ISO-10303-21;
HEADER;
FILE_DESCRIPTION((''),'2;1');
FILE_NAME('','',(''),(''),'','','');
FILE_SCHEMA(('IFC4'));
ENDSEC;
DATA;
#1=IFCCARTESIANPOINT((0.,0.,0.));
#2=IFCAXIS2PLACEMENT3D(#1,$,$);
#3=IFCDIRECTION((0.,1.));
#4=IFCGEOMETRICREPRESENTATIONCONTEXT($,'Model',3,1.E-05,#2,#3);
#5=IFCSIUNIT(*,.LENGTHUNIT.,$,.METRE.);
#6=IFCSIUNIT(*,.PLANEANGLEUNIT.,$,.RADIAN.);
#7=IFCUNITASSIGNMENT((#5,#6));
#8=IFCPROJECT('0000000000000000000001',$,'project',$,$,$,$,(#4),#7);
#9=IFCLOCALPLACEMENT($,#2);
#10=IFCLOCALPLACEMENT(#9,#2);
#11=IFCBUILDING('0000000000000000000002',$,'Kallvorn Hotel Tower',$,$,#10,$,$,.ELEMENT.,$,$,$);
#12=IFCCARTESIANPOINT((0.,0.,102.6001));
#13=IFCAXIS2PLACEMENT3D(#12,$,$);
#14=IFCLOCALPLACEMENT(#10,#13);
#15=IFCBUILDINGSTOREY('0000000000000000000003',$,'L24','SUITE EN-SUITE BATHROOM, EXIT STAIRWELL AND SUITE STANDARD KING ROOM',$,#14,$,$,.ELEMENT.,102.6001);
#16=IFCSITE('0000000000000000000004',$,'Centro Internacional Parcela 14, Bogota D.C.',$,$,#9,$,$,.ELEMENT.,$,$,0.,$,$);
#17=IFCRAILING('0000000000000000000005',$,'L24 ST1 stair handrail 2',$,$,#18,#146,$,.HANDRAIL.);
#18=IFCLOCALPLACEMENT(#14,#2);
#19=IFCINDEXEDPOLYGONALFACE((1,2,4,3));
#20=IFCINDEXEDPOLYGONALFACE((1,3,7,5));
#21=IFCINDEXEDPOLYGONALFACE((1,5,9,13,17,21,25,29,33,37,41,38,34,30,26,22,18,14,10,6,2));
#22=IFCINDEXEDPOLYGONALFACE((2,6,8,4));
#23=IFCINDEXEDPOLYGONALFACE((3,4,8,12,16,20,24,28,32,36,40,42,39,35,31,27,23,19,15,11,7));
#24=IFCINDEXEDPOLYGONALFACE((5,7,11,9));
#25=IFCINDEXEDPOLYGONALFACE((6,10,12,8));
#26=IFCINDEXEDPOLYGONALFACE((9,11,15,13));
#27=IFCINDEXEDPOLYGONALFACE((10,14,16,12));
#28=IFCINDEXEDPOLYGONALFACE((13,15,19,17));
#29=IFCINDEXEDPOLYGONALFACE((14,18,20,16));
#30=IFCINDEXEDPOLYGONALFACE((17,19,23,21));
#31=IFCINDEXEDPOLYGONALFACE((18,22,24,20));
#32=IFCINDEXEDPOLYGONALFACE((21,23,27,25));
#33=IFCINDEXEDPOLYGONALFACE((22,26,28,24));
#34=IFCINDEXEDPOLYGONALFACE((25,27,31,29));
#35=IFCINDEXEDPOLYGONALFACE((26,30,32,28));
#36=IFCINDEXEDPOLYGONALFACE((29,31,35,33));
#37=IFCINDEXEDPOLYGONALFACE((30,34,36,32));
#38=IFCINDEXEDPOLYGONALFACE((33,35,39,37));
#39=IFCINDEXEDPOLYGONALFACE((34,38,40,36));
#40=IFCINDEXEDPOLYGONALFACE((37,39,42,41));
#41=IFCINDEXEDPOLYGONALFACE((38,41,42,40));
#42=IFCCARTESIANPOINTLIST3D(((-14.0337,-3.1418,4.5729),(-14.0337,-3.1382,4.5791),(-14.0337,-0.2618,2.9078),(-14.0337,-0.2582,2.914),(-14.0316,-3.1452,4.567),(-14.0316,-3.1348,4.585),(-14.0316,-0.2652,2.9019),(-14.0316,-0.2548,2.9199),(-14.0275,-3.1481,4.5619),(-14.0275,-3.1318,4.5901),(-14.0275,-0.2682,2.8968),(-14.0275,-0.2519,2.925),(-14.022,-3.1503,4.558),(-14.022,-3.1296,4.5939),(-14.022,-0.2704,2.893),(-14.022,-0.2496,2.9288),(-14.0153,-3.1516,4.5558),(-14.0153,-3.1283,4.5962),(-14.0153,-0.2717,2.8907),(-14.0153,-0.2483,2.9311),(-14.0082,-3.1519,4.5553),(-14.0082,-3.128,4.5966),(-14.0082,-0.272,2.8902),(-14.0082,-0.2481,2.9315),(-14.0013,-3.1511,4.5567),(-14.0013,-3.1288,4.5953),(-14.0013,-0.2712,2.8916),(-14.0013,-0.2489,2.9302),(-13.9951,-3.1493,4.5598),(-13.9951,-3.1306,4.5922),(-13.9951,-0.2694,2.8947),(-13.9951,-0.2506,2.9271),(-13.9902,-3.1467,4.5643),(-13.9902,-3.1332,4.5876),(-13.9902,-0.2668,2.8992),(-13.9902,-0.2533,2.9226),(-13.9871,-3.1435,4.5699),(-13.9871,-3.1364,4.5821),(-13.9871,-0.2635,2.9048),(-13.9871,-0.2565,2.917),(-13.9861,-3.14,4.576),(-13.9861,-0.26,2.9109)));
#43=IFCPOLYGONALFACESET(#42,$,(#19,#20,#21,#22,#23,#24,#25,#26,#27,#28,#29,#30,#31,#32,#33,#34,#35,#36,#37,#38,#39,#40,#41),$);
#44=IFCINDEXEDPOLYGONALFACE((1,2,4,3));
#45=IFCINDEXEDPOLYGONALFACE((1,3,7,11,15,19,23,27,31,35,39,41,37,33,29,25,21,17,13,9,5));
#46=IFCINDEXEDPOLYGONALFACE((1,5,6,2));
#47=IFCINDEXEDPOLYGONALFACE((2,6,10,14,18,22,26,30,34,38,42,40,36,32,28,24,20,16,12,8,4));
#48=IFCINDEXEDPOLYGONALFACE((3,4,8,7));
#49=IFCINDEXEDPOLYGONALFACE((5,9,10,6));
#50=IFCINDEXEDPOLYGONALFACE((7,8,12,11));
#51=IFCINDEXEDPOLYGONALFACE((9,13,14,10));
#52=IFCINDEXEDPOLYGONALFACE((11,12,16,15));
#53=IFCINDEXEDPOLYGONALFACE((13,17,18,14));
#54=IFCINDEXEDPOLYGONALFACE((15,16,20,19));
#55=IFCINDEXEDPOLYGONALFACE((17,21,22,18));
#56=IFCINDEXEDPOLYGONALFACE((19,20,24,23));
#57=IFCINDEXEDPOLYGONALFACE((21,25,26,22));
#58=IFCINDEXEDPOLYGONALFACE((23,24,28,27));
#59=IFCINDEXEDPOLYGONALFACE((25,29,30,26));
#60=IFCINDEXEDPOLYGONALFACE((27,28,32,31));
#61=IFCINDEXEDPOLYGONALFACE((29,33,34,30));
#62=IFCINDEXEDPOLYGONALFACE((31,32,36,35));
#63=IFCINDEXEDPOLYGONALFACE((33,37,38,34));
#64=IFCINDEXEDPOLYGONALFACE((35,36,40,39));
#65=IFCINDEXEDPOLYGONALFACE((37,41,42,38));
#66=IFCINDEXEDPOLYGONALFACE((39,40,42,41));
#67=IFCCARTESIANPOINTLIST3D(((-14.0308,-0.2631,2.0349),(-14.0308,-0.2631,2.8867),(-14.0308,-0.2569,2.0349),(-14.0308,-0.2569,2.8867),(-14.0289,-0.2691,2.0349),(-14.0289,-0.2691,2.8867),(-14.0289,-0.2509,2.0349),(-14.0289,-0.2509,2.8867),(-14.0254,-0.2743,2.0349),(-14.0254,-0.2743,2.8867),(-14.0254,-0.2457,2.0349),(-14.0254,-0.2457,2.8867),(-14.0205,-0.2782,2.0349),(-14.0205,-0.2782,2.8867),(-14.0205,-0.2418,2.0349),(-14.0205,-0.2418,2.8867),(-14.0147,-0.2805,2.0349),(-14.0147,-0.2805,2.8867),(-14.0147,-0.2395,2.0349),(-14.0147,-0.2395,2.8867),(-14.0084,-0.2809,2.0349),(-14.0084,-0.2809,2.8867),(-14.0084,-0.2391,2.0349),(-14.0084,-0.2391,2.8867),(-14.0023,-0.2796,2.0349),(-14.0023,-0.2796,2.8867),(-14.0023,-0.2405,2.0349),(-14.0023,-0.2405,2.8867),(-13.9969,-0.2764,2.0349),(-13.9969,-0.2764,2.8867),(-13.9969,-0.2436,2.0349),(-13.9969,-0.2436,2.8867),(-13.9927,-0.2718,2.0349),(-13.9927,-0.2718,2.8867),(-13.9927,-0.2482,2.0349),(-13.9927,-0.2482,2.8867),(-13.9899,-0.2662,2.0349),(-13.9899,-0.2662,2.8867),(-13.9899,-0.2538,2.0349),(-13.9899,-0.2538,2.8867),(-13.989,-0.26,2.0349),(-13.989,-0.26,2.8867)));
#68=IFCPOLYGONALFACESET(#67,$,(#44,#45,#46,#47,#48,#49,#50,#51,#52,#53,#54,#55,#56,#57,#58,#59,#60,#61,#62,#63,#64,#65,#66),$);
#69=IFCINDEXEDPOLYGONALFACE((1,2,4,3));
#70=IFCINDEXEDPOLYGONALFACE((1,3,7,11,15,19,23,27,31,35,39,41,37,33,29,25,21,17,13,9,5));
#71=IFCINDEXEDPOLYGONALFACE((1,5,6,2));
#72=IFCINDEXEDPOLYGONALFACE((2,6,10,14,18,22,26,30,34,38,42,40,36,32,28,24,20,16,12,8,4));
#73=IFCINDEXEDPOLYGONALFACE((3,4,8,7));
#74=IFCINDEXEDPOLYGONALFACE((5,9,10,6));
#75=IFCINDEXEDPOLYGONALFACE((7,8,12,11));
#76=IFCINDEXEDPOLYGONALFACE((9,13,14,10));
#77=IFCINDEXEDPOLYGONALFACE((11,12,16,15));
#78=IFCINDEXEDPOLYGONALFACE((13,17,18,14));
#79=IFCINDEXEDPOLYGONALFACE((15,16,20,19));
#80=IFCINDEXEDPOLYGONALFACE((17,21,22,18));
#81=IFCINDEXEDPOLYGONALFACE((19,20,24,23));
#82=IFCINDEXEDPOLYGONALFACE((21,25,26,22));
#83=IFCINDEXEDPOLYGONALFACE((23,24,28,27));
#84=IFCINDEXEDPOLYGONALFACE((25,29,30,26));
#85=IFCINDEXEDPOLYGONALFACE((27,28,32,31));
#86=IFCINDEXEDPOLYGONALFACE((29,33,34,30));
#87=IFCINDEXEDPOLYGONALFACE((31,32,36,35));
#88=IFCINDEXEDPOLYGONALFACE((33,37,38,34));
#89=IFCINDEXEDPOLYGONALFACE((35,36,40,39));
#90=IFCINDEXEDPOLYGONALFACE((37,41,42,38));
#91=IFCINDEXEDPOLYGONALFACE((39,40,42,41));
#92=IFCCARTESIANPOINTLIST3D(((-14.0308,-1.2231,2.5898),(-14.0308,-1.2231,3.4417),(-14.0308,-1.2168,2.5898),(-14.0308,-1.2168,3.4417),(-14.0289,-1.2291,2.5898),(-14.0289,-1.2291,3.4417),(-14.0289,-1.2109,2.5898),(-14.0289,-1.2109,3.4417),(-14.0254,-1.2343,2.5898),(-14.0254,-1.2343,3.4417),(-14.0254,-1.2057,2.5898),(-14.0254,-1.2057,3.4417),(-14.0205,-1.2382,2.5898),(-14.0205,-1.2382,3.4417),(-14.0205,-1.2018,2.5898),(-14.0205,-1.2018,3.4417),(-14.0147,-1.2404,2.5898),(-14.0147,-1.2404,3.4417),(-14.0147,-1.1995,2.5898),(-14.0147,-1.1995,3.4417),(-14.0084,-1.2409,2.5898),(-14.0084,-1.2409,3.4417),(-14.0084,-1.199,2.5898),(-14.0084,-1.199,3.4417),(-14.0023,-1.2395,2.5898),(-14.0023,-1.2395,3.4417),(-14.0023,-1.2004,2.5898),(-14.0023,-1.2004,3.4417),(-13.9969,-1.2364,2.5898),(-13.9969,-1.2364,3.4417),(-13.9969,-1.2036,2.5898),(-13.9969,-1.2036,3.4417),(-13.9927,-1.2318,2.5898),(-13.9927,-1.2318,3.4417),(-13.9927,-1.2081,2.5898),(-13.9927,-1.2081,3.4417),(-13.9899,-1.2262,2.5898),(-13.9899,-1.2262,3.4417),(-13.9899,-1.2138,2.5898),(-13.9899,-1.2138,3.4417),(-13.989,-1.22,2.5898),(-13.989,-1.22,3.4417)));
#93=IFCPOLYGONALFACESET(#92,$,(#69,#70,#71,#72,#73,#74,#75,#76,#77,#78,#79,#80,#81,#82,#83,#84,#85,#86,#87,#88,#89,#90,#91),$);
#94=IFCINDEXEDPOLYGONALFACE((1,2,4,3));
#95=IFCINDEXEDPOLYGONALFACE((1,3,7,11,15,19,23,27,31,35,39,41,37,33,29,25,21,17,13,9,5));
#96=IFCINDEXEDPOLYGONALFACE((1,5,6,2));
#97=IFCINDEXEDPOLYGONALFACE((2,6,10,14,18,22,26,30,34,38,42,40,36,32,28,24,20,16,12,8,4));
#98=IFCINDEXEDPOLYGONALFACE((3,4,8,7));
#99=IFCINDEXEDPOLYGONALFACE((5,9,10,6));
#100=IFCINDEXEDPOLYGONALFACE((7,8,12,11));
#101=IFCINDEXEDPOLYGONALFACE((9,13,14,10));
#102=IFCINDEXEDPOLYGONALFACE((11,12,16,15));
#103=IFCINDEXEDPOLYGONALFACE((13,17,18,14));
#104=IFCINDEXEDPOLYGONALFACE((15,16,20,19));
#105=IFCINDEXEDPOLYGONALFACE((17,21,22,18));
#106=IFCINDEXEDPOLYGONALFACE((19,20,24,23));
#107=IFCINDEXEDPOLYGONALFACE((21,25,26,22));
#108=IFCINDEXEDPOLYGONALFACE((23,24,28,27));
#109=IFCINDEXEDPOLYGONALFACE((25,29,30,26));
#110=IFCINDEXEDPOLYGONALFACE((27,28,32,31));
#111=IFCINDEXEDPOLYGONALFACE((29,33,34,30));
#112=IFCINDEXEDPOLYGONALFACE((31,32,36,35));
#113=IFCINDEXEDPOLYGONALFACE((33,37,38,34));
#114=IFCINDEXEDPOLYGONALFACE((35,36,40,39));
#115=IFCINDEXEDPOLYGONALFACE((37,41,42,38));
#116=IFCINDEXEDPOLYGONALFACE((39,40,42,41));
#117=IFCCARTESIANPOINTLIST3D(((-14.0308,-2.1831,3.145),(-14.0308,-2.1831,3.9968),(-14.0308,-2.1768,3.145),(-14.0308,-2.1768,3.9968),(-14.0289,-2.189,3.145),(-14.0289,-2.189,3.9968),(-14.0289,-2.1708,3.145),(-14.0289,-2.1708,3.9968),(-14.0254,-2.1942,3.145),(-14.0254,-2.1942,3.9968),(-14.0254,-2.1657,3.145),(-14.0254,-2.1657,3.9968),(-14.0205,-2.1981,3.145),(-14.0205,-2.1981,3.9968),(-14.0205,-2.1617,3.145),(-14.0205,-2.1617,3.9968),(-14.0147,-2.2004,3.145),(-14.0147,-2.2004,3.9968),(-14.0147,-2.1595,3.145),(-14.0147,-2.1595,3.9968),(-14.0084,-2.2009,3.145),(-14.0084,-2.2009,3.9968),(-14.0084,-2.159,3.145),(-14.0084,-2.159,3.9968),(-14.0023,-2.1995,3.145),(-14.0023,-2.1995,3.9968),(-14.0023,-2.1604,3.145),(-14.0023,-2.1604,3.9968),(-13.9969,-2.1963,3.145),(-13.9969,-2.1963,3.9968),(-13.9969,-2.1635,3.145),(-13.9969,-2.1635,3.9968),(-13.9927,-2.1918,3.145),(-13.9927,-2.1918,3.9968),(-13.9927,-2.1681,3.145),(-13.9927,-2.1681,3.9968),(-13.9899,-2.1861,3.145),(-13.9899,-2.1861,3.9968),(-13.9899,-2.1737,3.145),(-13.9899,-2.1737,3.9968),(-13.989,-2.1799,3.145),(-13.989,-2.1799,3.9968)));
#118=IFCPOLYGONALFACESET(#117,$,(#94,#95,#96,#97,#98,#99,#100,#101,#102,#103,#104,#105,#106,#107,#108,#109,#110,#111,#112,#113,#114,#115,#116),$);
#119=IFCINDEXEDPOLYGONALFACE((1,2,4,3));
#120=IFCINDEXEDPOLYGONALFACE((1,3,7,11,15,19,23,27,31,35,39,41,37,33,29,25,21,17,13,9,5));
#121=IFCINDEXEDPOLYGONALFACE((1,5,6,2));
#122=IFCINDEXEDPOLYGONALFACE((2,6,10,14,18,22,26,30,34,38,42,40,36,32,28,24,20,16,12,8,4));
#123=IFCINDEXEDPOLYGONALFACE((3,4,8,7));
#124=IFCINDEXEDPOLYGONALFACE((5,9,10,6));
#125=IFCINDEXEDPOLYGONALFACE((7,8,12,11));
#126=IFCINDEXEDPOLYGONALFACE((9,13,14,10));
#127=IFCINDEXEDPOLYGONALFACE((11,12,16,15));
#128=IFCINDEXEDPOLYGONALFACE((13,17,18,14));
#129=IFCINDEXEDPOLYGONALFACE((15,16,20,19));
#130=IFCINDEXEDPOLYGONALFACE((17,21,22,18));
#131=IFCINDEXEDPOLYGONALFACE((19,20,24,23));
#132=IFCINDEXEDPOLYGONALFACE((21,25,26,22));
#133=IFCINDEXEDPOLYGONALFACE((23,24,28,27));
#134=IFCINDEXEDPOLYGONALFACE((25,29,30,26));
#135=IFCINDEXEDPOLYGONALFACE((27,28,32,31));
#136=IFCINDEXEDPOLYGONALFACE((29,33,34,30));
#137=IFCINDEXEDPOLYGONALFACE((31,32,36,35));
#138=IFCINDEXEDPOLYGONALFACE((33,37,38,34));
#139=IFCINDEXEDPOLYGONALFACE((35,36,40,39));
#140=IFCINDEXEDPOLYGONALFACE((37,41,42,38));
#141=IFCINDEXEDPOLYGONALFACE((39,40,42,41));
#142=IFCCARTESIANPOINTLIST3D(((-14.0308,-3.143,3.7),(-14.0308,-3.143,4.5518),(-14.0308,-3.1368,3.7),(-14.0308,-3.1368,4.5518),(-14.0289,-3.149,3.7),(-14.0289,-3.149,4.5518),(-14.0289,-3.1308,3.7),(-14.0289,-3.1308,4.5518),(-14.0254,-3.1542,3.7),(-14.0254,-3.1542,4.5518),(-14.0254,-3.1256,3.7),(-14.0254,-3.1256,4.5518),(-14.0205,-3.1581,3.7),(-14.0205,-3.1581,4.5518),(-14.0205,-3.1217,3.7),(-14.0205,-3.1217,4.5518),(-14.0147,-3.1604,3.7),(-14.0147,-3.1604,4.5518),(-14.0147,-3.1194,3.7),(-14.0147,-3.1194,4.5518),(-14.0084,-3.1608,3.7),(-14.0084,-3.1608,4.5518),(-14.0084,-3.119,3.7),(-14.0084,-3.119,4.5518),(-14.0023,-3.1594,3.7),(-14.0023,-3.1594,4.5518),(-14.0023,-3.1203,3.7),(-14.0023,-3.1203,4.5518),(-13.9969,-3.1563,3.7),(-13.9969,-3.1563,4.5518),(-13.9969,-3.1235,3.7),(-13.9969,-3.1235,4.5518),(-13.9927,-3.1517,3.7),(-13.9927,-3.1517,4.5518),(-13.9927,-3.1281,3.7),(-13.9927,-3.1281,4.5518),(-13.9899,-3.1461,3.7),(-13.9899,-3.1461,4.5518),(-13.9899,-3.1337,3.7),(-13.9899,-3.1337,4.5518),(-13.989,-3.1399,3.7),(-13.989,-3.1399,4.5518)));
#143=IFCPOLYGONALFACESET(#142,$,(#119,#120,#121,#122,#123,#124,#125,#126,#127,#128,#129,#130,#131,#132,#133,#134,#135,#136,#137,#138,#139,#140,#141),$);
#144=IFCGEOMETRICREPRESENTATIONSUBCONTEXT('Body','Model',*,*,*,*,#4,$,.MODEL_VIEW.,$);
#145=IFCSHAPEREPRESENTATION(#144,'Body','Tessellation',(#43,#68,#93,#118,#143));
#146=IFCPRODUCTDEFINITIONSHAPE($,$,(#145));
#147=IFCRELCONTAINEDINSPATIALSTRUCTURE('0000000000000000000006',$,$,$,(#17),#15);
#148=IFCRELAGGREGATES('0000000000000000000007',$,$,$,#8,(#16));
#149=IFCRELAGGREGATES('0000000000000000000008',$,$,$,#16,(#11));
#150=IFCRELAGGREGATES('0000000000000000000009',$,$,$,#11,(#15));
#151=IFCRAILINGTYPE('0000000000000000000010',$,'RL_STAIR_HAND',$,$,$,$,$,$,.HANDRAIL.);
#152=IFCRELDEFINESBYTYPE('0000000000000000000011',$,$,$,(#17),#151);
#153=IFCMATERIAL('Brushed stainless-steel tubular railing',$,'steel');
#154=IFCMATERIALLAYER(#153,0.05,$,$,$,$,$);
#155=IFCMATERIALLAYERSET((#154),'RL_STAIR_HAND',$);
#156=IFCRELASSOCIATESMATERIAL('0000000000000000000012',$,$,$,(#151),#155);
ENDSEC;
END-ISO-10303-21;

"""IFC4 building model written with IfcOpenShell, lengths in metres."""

from ifc_helpers import new_model, si_unit, direction, frame, origin, origin_2d, place, context, subcontext, project, spatial, circle, extrude, material, layer, layer_set, type_object, element, save


model = new_model("IFC4")

# Units and contexts
model_context = context("Model", 3, precision=1e-05, world=origin(), true_north=direction((0.0, 1.0)))
body_context = subcontext(model_context, "Body", "Model", "MODEL_VIEW")
ifc_project = project(units=[si_unit("LENGTHUNIT", "METRE"), si_unit("PLANEANGLEUNIT", "RADIAN")], contexts=[model_context])

# Site, building, storey
site_placement = place(None, origin())
site = spatial("IfcSite", under=ifc_project, at=site_placement, Name="Centro Internacional Parcela 14, Bogota D.C.", CompositionType="ELEMENT", RefElevation=0.0)
building_placement = place(site_placement, origin())
building = spatial("IfcBuilding", under=site, at=building_placement, Name="Kallvorn Hotel Tower", CompositionType="ELEMENT")
storey_placement = place(building_placement, frame((0.0, 0.0, 102.6001)))
storey = spatial("IfcBuildingStorey", under=building, at=storey_placement, Name="L24", Description="SUITE EN-SUITE BATHROOM, EXIT STAIRWELL AND SUITE STANDARD KING ROOM", CompositionType="ELEMENT", Elevation=102.6001)

# Railing
ifc_material_1 = material(Name="Brushed stainless-steel tubular railing", Category="steel")
ifc_layer_1 = layer(ifc_material_1, 0.05)
ifc_layer_set_1 = layer_set([ifc_layer_1], Name="RL_STAIR_HAND")
railing_type_1 = type_object("IfcRailingType", Name="RL_STAIR_HAND", PredefinedType="HANDRAIL", material=ifc_layer_set_1)
railing_1_placement = place(storey_placement, frame((-14.01, -0.26, 2.0349)))
element("IfcRailing", 1, at=railing_1_placement, inside=storey, type_object=railing_type_1, Name="L24 ST1 stair handrail 2", PredefinedType="HANDRAIL", context=body_context, shape_type="SweptSolid", body=[
    extrude(circle(Radius=0.0239, at=origin_2d()), frame((0.0, 0.0, 0.876), z_axis=(0.0, -0.865721, 0.500527), x_axis=(1.0, 0.0, 0.0)), (0.0, 0.0, 1.0), 3.3267),
    extrude(circle(Radius=0.021, at=origin_2d()), origin(), (0.0, 0.0, 1.0), 0.8518),
    extrude(circle(Radius=0.021, at=origin_2d()), frame((0.0, -0.96, 0.5549)), (0.0, 0.0, 1.0), 0.8518),
    extrude(circle(Radius=0.021, at=origin_2d()), frame((0.0, -1.9199, 1.1101)), (0.0, 0.0, 1.0), 0.8518),
    extrude(circle(Radius=0.021, at=origin_2d()), frame((0.0, -2.8799, 1.665)), (0.0, 0.0, 1.0), 0.8518),
])

save(model, "model.ifc")
